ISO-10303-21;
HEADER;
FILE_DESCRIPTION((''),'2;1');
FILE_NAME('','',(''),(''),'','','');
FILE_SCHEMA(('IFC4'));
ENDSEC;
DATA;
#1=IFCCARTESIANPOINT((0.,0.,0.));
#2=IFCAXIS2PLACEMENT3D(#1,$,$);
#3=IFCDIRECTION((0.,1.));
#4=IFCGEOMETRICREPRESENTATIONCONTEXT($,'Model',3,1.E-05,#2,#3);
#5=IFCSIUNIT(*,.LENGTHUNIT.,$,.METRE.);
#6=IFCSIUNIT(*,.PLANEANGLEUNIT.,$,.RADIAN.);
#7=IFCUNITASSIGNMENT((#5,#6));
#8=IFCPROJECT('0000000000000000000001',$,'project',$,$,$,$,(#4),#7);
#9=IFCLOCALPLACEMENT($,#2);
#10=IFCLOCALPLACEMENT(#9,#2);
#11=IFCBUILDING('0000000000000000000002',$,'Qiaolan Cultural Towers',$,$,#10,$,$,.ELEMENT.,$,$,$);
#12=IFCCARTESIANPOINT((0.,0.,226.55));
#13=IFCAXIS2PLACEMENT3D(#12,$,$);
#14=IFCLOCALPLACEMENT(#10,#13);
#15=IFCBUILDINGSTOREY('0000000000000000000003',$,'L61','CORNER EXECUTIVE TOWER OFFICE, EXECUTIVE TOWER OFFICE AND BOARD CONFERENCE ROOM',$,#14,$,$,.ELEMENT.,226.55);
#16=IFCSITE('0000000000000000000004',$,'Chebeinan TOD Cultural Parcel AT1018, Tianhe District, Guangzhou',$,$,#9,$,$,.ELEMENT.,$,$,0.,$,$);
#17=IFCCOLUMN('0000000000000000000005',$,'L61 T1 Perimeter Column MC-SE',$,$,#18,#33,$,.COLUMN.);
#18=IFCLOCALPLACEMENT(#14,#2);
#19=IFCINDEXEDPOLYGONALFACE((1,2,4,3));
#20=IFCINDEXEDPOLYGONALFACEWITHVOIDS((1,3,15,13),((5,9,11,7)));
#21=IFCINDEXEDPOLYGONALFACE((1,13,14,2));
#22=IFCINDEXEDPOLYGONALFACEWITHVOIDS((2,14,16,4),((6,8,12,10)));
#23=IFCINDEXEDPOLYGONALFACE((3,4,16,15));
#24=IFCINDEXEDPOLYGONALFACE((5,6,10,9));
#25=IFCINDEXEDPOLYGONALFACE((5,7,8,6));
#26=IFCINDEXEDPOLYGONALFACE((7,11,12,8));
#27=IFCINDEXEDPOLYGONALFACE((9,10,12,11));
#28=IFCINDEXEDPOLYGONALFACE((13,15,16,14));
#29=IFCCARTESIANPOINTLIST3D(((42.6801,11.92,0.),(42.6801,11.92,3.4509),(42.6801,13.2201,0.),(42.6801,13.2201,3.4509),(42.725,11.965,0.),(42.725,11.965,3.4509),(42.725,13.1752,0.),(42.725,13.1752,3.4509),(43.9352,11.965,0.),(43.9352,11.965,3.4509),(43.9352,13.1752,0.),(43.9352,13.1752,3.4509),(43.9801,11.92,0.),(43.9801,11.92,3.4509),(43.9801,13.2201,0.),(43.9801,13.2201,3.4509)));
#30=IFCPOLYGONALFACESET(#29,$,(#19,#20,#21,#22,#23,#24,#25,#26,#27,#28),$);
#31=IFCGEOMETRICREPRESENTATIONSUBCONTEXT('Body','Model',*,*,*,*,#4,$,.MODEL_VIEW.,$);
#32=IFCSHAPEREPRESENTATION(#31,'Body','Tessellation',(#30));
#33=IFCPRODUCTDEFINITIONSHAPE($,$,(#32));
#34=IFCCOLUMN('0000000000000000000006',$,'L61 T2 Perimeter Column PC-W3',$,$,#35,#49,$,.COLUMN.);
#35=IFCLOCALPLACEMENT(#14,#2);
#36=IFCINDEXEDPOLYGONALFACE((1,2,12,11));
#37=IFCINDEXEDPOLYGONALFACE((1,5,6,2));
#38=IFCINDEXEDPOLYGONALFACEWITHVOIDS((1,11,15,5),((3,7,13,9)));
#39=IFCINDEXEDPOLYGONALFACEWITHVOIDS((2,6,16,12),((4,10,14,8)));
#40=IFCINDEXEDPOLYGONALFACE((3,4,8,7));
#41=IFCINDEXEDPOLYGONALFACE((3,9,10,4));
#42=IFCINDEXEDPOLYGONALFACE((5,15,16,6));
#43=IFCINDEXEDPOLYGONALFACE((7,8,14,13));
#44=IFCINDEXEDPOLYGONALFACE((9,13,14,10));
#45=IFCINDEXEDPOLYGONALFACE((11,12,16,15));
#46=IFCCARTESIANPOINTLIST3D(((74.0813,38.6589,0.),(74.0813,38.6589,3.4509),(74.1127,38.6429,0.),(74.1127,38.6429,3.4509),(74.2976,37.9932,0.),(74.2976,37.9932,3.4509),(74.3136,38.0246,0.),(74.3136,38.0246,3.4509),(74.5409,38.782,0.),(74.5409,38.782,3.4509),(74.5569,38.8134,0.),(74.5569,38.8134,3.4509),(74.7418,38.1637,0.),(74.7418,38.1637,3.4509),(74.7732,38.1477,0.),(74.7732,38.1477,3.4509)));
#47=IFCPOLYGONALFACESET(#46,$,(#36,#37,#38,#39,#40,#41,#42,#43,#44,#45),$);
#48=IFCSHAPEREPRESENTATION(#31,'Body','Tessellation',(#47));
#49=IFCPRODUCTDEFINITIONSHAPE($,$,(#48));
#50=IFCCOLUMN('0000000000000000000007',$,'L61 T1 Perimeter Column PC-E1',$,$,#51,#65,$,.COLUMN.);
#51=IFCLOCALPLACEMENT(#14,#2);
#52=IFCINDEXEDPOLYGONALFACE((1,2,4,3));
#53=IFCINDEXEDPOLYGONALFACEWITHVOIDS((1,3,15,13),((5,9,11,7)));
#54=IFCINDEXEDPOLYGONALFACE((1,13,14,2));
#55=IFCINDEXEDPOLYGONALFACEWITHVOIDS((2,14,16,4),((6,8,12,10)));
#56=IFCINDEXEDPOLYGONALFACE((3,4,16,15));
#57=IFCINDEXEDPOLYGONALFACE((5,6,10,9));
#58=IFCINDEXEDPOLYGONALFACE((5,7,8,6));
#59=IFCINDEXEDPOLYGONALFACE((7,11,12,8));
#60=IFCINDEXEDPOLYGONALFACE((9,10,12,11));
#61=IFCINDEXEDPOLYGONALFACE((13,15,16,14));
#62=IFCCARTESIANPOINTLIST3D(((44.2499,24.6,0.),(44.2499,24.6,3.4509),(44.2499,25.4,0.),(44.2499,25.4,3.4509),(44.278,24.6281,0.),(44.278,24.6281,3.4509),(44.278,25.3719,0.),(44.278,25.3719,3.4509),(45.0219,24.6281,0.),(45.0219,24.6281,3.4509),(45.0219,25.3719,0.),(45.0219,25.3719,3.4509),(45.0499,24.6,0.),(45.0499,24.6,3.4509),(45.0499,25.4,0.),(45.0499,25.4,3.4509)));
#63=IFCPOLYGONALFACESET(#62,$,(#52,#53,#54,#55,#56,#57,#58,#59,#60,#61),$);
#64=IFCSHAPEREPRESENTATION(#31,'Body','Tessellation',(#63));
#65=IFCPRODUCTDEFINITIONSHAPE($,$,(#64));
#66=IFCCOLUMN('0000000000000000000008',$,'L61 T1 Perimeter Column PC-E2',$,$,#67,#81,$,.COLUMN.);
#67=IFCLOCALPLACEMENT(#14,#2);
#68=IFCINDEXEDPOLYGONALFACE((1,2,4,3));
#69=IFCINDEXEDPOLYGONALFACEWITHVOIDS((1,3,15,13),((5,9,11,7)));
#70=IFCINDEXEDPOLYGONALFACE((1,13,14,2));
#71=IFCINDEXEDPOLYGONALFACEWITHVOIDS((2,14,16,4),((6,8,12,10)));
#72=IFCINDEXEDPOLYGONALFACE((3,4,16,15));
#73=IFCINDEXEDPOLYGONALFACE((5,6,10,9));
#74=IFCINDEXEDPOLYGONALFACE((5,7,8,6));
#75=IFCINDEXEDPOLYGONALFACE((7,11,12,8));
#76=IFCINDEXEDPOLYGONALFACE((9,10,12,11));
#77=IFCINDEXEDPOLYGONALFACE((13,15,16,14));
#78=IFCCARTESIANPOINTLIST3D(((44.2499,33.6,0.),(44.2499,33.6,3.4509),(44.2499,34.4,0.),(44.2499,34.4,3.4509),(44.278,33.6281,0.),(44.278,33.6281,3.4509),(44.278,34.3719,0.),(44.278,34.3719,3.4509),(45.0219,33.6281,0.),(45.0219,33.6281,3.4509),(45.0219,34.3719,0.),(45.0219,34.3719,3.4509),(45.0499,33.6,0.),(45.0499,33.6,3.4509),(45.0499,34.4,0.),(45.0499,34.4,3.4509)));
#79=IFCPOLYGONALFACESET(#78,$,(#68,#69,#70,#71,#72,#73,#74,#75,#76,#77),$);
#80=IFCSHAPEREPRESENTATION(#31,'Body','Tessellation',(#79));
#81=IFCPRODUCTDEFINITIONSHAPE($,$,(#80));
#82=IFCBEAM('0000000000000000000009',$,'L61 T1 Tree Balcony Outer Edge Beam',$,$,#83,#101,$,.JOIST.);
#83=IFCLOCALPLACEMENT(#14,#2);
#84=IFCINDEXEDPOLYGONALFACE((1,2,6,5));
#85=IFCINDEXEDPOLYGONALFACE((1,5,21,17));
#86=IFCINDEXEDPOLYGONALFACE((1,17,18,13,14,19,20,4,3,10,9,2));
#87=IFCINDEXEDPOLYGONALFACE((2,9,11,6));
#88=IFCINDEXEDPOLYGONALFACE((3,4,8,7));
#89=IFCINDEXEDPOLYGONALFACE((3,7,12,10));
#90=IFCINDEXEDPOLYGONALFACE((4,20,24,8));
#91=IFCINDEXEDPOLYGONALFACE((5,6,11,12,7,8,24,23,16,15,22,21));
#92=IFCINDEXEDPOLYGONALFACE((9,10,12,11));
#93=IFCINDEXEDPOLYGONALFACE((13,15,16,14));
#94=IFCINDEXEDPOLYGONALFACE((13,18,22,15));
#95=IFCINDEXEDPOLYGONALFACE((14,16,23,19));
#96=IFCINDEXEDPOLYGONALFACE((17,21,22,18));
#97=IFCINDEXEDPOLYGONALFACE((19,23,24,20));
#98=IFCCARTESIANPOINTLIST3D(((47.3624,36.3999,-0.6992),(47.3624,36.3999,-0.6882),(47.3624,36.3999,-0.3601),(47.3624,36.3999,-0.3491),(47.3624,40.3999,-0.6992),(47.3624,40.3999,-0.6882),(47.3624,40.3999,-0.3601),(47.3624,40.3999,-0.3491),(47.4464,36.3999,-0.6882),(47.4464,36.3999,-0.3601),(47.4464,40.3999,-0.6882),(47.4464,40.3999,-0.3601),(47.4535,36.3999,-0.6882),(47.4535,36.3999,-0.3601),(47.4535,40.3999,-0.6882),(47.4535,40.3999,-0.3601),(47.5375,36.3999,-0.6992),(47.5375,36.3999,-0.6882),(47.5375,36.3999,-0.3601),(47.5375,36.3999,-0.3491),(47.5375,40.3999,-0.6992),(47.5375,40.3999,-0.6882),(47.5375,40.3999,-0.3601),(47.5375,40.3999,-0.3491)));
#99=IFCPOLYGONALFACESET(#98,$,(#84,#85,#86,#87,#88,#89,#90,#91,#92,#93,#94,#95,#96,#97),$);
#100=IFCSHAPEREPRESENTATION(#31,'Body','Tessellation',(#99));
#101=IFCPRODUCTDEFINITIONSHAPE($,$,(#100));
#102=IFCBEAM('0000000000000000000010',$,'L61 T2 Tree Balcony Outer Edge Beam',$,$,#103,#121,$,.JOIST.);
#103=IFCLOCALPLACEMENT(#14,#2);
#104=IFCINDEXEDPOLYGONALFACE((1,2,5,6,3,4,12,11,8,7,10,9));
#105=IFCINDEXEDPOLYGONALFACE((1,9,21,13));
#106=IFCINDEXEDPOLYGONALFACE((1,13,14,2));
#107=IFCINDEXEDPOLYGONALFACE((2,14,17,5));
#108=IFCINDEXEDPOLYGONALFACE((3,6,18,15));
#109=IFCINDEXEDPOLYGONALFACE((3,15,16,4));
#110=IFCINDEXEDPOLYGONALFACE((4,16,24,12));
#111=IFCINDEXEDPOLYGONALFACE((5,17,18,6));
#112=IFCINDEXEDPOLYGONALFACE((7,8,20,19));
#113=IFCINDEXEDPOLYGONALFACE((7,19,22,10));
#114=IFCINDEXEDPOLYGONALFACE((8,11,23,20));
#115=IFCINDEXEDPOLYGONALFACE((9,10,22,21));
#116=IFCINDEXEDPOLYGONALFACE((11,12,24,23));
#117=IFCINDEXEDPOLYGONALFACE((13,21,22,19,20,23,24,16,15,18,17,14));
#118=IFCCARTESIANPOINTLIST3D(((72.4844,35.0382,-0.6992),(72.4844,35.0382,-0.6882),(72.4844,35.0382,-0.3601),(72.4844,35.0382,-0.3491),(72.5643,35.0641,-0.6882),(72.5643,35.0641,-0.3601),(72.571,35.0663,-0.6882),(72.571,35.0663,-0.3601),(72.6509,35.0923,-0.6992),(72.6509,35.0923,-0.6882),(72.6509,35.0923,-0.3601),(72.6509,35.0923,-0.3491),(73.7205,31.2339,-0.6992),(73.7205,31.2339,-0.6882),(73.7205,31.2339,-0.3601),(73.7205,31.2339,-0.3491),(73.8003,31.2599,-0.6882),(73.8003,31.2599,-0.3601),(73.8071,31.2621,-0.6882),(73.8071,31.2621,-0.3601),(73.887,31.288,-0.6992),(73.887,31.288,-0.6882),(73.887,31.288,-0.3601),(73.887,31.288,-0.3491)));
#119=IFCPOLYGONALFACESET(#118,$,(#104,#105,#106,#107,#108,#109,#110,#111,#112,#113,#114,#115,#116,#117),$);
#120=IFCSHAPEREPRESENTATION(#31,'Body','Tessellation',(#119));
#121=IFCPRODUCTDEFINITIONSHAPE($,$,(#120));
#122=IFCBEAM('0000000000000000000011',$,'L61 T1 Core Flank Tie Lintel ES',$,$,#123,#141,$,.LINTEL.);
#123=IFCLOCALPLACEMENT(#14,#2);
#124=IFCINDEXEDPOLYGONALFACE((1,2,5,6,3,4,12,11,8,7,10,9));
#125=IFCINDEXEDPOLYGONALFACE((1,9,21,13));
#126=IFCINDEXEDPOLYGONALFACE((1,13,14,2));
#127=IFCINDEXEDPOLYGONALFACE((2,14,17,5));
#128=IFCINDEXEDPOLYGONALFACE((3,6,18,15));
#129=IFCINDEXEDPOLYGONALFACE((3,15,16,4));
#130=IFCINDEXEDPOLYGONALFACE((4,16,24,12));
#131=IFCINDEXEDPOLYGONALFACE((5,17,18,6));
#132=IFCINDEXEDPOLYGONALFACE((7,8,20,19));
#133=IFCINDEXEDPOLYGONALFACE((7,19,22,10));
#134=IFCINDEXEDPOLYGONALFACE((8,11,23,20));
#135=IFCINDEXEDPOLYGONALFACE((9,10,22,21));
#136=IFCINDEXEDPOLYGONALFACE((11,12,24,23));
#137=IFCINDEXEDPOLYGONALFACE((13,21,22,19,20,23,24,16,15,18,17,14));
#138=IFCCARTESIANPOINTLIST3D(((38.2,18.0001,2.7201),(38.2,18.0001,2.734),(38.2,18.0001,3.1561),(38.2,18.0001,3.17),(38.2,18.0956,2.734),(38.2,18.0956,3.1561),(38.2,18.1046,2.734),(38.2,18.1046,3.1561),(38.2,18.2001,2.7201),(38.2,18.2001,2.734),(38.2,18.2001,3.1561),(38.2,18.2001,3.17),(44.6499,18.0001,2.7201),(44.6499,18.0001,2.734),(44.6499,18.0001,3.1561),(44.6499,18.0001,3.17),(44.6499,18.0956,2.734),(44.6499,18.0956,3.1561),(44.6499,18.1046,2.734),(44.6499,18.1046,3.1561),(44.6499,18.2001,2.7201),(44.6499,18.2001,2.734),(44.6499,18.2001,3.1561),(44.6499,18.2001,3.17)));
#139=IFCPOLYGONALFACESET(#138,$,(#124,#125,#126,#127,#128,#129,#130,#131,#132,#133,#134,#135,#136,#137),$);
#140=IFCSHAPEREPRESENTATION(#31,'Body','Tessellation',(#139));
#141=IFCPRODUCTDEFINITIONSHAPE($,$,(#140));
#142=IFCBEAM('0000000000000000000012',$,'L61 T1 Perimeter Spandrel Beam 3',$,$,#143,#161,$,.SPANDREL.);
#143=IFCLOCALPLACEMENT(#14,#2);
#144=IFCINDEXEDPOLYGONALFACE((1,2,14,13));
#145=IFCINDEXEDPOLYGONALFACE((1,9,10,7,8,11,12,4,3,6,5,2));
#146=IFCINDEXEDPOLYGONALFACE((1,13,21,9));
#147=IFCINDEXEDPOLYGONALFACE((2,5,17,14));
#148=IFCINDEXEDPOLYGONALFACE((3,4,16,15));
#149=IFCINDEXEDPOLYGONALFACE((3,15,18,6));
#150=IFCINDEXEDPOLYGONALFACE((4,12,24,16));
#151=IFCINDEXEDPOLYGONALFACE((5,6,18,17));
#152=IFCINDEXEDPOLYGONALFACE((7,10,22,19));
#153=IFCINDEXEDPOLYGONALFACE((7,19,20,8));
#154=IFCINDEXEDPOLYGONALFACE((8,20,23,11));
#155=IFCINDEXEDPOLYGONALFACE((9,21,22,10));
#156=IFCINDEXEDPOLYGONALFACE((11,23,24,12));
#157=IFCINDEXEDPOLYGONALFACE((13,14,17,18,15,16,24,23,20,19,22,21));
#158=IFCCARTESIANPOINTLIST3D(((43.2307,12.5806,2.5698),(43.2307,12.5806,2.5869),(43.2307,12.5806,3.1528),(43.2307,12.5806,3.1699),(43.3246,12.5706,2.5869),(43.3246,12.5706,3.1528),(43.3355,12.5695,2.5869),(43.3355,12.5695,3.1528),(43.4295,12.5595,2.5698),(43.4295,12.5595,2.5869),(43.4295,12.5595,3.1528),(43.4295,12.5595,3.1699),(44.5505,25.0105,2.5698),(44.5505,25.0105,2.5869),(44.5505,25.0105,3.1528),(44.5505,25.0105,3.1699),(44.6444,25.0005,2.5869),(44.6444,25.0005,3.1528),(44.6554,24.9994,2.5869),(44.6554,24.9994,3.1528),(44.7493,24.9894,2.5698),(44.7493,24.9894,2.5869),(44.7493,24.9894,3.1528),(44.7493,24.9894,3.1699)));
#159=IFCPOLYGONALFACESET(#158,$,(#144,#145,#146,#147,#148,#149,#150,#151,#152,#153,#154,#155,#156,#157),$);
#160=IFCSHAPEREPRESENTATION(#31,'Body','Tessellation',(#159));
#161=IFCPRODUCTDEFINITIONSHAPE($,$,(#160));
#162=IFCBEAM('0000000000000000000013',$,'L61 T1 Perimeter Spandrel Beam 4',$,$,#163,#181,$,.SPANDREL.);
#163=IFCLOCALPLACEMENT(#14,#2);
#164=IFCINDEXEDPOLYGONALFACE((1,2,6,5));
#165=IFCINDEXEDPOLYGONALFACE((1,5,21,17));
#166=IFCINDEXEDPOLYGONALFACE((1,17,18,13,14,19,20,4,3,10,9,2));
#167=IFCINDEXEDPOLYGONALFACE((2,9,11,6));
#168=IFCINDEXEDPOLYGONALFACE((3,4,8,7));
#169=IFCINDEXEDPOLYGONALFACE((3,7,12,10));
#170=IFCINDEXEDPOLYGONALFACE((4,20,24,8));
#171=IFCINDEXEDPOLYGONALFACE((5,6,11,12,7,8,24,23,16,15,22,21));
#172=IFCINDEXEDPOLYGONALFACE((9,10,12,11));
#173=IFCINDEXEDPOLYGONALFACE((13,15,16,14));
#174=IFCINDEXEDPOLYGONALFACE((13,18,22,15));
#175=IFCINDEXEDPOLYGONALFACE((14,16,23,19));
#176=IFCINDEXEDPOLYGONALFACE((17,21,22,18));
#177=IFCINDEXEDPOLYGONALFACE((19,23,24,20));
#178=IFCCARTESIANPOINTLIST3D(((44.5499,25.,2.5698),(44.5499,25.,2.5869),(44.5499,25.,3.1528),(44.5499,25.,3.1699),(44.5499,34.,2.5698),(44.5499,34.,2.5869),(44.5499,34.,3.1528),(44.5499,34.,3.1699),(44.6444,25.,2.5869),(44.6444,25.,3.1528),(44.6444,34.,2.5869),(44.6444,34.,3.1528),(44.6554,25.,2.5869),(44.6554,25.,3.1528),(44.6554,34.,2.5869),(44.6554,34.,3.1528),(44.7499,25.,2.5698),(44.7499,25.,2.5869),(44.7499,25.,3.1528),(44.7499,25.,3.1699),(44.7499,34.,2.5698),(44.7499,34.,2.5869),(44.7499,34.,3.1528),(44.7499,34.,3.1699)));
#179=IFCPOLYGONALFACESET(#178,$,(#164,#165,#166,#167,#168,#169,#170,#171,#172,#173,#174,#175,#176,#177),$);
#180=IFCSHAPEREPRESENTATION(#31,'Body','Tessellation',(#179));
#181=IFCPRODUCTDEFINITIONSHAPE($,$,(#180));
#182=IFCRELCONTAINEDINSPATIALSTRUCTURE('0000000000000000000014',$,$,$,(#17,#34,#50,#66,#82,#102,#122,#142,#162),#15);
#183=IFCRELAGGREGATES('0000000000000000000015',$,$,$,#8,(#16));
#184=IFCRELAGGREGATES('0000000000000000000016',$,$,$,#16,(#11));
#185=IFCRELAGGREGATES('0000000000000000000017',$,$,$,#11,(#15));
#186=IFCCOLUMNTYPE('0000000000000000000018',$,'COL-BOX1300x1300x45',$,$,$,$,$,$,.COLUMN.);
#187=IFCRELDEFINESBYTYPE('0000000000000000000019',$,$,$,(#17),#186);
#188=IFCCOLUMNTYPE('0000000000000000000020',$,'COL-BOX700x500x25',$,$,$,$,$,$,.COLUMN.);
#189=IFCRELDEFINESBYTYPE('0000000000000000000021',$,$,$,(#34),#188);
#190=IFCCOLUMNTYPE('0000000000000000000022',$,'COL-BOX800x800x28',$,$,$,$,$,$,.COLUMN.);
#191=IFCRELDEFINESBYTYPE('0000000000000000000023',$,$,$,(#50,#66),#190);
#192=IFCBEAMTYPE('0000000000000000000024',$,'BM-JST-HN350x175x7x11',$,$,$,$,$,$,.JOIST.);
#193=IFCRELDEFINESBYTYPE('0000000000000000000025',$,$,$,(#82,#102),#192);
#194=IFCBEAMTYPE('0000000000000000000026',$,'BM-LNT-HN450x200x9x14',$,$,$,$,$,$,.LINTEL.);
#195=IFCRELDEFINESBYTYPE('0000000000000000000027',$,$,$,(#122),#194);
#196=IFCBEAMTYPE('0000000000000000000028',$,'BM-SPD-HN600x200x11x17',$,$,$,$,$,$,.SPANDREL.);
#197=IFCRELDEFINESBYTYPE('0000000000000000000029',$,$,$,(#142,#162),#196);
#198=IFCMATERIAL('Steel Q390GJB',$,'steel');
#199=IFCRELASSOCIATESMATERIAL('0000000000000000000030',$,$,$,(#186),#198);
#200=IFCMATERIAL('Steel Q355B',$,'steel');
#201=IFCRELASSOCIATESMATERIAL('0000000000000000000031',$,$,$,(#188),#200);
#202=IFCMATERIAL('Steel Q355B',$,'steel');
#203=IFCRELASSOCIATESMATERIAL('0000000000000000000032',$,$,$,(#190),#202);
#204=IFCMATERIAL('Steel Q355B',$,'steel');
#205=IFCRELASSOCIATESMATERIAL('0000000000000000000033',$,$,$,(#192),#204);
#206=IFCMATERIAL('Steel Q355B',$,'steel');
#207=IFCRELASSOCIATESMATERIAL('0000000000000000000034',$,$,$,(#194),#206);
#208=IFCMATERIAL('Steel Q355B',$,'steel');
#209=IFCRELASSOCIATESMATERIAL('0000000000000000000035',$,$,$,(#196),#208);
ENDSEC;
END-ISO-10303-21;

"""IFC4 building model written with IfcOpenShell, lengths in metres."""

from ifc_helpers import new_model, si_unit, direction, frame, origin, origin_2d, place, context, subcontext, project, spatial, hollow_rectangle, i_section, extrude, material, material_profile, profile_set, type_object, element, save


model = new_model("IFC4")

# Units and contexts
model_context = context("Model", 3, precision=1e-05, world=origin(), true_north=direction((0.0, 1.0)))
body_context = subcontext(model_context, "Body", "Model", "MODEL_VIEW")
ifc_project = project(units=[si_unit("LENGTHUNIT", "METRE"), si_unit("PLANEANGLEUNIT", "RADIAN")], contexts=[model_context])

# Site, building, storey
site_placement = place(None, origin())
site = spatial("IfcSite", under=ifc_project, at=site_placement, Name="Chebeinan TOD Cultural Parcel AT1018, Tianhe District, Guangzhou", CompositionType="ELEMENT", RefElevation=0.0)
building_placement = place(site_placement, origin())
building = spatial("IfcBuilding", under=site, at=building_placement, Name="Qiaolan Cultural Towers", CompositionType="ELEMENT")
storey_placement = place(building_placement, frame((0.0, 0.0, 226.55)))
storey = spatial("IfcBuildingStorey", under=building, at=storey_placement, Name="L61", Description="CORNER EXECUTIVE TOWER OFFICE, EXECUTIVE TOWER OFFICE AND BOARD CONFERENCE ROOM", CompositionType="ELEMENT", Elevation=226.55)

# Columns
ifc_material_1 = material(Name="Steel Q390GJB", Category="steel")
ifc_material_profile_1 = material_profile(ifc_material_1, hollow_rectangle(XDim=1.3, YDim=1.3, WallThickness=0.0449, at=origin_2d()), Name="BOX1300x1300x45")
ifc_profile_set_1 = profile_set([ifc_material_profile_1], Name="Steel Q390GJB")
column_type_1 = type_object("IfcColumnType", Name="COL-BOX1300x1300x45", PredefinedType="COLUMN", material=ifc_profile_set_1)
column_1_placement = place(storey_placement, frame((43.3301, 12.5701, 0.0), z_axis=(0.0, 0.0, 1.0), x_axis=(1.0, 0.0, 0.0)))
element("IfcColumn", 1, at=column_1_placement, inside=storey, type_object=column_type_1, Name="L61 T1 Perimeter Column MC-SE", PredefinedType="COLUMN", context=body_context, shape_type="SweptSolid", body=[
    extrude(hollow_rectangle(XDim=1.3, YDim=1.3, WallThickness=0.0449, at=origin_2d()), origin(), (0.0, 0.0, 1.0), 3.4509),
])
ifc_material_2 = material(Name="Steel Q355B", Category="steel")
ifc_material_profile_2 = material_profile(ifc_material_2, hollow_rectangle(XDim=0.5, YDim=0.7, WallThickness=0.0249, at=origin_2d()), Name="BOX700x500x25")
ifc_profile_set_2 = profile_set([ifc_material_profile_2], Name="Steel Q355B")
column_type_2 = type_object("IfcColumnType", Name="COL-BOX700x500x25", PredefinedType="COLUMN", material=ifc_profile_set_2)
column_2_placement = place(storey_placement, frame((74.4272, 38.4033, 0.0), z_axis=(0.0, 0.0, 1.0), x_axis=(0.951057, 0.309017, 0.0)))
element("IfcColumn", 2, at=column_2_placement, inside=storey, type_object=column_type_2, Name="L61 T2 Perimeter Column PC-W3", PredefinedType="COLUMN", context=body_context, shape_type="SweptSolid", body=[
    extrude(hollow_rectangle(XDim=0.5, YDim=0.7, WallThickness=0.0249, at=origin_2d()), origin(), (0.0, 0.0, 1.0), 3.4509),
])
ifc_material_3 = material(Name="Steel Q355B", Category="steel")
ifc_material_profile_3 = material_profile(ifc_material_3, hollow_rectangle(XDim=0.8, YDim=0.8, WallThickness=0.0281, at=origin_2d()), Name="BOX800x800x28")
ifc_profile_set_3 = profile_set([ifc_material_profile_3], Name="Steel Q355B")
column_type_3 = type_object("IfcColumnType", Name="COL-BOX800x800x28", PredefinedType="COLUMN", material=ifc_profile_set_3)
for number, where, z_axis, x_axis, name in (
    (3, (44.6499, 25.0, 0.0), (0.0, 0.0, 1.0), (1.0, 0.0, 0.0), "L61 T1 Perimeter Column PC-E1"),
    (4, (44.6499, 34.0, 0.0), (0.0, 0.0, 1.0), (1.0, 0.0, 0.0), "L61 T1 Perimeter Column PC-E2"),
):
    element("IfcColumn", number, at=place(storey_placement, frame(where, z_axis=z_axis, x_axis=x_axis)), inside=storey, type_object=column_type_3, Name=name, PredefinedType="COLUMN", context=body_context, shape_type="SweptSolid", body=[
        extrude(hollow_rectangle(XDim=0.8, YDim=0.8, WallThickness=0.0281, at=origin_2d()), origin(), (0.0, 0.0, 1.0), 3.4509),
    ])

# Beams
ifc_material_4 = material(Name="Steel Q355B", Category="steel")
ifc_material_profile_4 = material_profile(ifc_material_4, i_section(OverallWidth=0.175, OverallDepth=0.3501, WebThickness=0.0071, FlangeThickness=0.011, at=origin_2d()), Name="HN350x175x7x11")
ifc_profile_set_4 = profile_set([ifc_material_profile_4], Name="Steel Q355B")
beam_type_1 = type_object("IfcBeamType", Name="BM-JST-HN350x175x7x11", PredefinedType="JOIST", material=ifc_profile_set_4)
for number, where, z_axis, x_axis, name in (
    (5, (47.45, 36.3999, -0.5242), (0.0, 1.0, 0.0), (-1.0, 0.0, 0.0), "L61 T1 Tree Balcony Outer Edge Beam"),
    (6, (73.8037, 31.261, -0.5242), (-0.309023, 0.951055, 0.0), (-0.951055, -0.309023, 0.0), "L61 T2 Tree Balcony Outer Edge Beam"),
):
    element("IfcBeam", number, at=place(storey_placement, frame(where, z_axis=z_axis, x_axis=x_axis)), inside=storey, type_object=beam_type_1, Name=name, PredefinedType="JOIST", context=body_context, shape_type="SweptSolid", body=[
        extrude(i_section(OverallWidth=0.175, OverallDepth=0.3501, WebThickness=0.0071, FlangeThickness=0.011, at=origin_2d()), origin(), (0.0, 0.0, 1.0), 4.0),
    ])
ifc_material_5 = material(Name="Steel Q355B", Category="steel")
ifc_material_profile_5 = material_profile(ifc_material_5, i_section(OverallWidth=0.2, OverallDepth=0.45, WebThickness=0.009, FlangeThickness=0.0139, at=origin_2d()), Name="HN450x200x9x14")
ifc_profile_set_5 = profile_set([ifc_material_profile_5], Name="Steel Q355B")
beam_type_2 = type_object("IfcBeamType", Name="BM-LNT-HN450x200x9x14", PredefinedType="LINTEL", material=ifc_profile_set_5)
beam_1_placement = place(storey_placement, frame((38.2, 18.1001, 2.9451), z_axis=(1.0, 0.0, 0.0), x_axis=(0.0, 1.0, 0.0)))
element("IfcBeam", 7, at=beam_1_placement, inside=storey, type_object=beam_type_2, Name="L61 T1 Core Flank Tie Lintel ES", PredefinedType="LINTEL", context=body_context, shape_type="SweptSolid", body=[
    extrude(i_section(OverallWidth=0.2, OverallDepth=0.45, WebThickness=0.009, FlangeThickness=0.0139, at=origin_2d()), origin(), (0.0, 0.0, 1.0), 6.45),
])
ifc_material_6 = material(Name="Steel Q355B", Category="steel")
ifc_material_profile_6 = material_profile(ifc_material_6, i_section(OverallWidth=0.2, OverallDepth=0.6001, WebThickness=0.011, FlangeThickness=0.0171, at=origin_2d()), Name="HN600x200x11x17")
ifc_profile_set_6 = profile_set([ifc_material_profile_6], Name="Steel Q355B")
beam_type_3 = type_object("IfcBeamType", Name="BM-SPD-HN600x200x11x17", PredefinedType="SPANDREL", material=ifc_profile_set_6)
beam_2_placement = place(storey_placement, frame((43.3301, 12.5701, 2.8699), z_axis=(0.105588, 0.99441, 0.0), x_axis=(-0.99441, 0.105588, 0.0)))
element("IfcBeam", 8, at=beam_2_placement, inside=storey, type_object=beam_type_3, Name="L61 T1 Perimeter Spandrel Beam 3", PredefinedType="SPANDREL", context=body_context, shape_type="SweptSolid", body=[
    extrude(i_section(OverallWidth=0.2, OverallDepth=0.6001, WebThickness=0.011, FlangeThickness=0.0171, at=origin_2d()), origin(), (0.0, 0.0, 1.0), 12.4998),
])
for number, where, z_axis, x_axis, name in (
    (9, (44.6499, 25.0, 2.8699), (0.0, 1.0, 0.0), (-1.0, 0.0, 0.0), "L61 T1 Perimeter Spandrel Beam 4"),
):
    element("IfcBeam", number, at=place(storey_placement, frame(where, z_axis=z_axis, x_axis=x_axis)), inside=storey, type_object=beam_type_3, Name=name, PredefinedType="SPANDREL", context=body_context, shape_type="SweptSolid", body=[
        extrude(i_section(OverallWidth=0.2, OverallDepth=0.6001, WebThickness=0.011, FlangeThickness=0.0171, at=origin_2d()), origin(), (0.0, 0.0, 1.0), 9.0),
    ])

save(model, "model.ifc")
